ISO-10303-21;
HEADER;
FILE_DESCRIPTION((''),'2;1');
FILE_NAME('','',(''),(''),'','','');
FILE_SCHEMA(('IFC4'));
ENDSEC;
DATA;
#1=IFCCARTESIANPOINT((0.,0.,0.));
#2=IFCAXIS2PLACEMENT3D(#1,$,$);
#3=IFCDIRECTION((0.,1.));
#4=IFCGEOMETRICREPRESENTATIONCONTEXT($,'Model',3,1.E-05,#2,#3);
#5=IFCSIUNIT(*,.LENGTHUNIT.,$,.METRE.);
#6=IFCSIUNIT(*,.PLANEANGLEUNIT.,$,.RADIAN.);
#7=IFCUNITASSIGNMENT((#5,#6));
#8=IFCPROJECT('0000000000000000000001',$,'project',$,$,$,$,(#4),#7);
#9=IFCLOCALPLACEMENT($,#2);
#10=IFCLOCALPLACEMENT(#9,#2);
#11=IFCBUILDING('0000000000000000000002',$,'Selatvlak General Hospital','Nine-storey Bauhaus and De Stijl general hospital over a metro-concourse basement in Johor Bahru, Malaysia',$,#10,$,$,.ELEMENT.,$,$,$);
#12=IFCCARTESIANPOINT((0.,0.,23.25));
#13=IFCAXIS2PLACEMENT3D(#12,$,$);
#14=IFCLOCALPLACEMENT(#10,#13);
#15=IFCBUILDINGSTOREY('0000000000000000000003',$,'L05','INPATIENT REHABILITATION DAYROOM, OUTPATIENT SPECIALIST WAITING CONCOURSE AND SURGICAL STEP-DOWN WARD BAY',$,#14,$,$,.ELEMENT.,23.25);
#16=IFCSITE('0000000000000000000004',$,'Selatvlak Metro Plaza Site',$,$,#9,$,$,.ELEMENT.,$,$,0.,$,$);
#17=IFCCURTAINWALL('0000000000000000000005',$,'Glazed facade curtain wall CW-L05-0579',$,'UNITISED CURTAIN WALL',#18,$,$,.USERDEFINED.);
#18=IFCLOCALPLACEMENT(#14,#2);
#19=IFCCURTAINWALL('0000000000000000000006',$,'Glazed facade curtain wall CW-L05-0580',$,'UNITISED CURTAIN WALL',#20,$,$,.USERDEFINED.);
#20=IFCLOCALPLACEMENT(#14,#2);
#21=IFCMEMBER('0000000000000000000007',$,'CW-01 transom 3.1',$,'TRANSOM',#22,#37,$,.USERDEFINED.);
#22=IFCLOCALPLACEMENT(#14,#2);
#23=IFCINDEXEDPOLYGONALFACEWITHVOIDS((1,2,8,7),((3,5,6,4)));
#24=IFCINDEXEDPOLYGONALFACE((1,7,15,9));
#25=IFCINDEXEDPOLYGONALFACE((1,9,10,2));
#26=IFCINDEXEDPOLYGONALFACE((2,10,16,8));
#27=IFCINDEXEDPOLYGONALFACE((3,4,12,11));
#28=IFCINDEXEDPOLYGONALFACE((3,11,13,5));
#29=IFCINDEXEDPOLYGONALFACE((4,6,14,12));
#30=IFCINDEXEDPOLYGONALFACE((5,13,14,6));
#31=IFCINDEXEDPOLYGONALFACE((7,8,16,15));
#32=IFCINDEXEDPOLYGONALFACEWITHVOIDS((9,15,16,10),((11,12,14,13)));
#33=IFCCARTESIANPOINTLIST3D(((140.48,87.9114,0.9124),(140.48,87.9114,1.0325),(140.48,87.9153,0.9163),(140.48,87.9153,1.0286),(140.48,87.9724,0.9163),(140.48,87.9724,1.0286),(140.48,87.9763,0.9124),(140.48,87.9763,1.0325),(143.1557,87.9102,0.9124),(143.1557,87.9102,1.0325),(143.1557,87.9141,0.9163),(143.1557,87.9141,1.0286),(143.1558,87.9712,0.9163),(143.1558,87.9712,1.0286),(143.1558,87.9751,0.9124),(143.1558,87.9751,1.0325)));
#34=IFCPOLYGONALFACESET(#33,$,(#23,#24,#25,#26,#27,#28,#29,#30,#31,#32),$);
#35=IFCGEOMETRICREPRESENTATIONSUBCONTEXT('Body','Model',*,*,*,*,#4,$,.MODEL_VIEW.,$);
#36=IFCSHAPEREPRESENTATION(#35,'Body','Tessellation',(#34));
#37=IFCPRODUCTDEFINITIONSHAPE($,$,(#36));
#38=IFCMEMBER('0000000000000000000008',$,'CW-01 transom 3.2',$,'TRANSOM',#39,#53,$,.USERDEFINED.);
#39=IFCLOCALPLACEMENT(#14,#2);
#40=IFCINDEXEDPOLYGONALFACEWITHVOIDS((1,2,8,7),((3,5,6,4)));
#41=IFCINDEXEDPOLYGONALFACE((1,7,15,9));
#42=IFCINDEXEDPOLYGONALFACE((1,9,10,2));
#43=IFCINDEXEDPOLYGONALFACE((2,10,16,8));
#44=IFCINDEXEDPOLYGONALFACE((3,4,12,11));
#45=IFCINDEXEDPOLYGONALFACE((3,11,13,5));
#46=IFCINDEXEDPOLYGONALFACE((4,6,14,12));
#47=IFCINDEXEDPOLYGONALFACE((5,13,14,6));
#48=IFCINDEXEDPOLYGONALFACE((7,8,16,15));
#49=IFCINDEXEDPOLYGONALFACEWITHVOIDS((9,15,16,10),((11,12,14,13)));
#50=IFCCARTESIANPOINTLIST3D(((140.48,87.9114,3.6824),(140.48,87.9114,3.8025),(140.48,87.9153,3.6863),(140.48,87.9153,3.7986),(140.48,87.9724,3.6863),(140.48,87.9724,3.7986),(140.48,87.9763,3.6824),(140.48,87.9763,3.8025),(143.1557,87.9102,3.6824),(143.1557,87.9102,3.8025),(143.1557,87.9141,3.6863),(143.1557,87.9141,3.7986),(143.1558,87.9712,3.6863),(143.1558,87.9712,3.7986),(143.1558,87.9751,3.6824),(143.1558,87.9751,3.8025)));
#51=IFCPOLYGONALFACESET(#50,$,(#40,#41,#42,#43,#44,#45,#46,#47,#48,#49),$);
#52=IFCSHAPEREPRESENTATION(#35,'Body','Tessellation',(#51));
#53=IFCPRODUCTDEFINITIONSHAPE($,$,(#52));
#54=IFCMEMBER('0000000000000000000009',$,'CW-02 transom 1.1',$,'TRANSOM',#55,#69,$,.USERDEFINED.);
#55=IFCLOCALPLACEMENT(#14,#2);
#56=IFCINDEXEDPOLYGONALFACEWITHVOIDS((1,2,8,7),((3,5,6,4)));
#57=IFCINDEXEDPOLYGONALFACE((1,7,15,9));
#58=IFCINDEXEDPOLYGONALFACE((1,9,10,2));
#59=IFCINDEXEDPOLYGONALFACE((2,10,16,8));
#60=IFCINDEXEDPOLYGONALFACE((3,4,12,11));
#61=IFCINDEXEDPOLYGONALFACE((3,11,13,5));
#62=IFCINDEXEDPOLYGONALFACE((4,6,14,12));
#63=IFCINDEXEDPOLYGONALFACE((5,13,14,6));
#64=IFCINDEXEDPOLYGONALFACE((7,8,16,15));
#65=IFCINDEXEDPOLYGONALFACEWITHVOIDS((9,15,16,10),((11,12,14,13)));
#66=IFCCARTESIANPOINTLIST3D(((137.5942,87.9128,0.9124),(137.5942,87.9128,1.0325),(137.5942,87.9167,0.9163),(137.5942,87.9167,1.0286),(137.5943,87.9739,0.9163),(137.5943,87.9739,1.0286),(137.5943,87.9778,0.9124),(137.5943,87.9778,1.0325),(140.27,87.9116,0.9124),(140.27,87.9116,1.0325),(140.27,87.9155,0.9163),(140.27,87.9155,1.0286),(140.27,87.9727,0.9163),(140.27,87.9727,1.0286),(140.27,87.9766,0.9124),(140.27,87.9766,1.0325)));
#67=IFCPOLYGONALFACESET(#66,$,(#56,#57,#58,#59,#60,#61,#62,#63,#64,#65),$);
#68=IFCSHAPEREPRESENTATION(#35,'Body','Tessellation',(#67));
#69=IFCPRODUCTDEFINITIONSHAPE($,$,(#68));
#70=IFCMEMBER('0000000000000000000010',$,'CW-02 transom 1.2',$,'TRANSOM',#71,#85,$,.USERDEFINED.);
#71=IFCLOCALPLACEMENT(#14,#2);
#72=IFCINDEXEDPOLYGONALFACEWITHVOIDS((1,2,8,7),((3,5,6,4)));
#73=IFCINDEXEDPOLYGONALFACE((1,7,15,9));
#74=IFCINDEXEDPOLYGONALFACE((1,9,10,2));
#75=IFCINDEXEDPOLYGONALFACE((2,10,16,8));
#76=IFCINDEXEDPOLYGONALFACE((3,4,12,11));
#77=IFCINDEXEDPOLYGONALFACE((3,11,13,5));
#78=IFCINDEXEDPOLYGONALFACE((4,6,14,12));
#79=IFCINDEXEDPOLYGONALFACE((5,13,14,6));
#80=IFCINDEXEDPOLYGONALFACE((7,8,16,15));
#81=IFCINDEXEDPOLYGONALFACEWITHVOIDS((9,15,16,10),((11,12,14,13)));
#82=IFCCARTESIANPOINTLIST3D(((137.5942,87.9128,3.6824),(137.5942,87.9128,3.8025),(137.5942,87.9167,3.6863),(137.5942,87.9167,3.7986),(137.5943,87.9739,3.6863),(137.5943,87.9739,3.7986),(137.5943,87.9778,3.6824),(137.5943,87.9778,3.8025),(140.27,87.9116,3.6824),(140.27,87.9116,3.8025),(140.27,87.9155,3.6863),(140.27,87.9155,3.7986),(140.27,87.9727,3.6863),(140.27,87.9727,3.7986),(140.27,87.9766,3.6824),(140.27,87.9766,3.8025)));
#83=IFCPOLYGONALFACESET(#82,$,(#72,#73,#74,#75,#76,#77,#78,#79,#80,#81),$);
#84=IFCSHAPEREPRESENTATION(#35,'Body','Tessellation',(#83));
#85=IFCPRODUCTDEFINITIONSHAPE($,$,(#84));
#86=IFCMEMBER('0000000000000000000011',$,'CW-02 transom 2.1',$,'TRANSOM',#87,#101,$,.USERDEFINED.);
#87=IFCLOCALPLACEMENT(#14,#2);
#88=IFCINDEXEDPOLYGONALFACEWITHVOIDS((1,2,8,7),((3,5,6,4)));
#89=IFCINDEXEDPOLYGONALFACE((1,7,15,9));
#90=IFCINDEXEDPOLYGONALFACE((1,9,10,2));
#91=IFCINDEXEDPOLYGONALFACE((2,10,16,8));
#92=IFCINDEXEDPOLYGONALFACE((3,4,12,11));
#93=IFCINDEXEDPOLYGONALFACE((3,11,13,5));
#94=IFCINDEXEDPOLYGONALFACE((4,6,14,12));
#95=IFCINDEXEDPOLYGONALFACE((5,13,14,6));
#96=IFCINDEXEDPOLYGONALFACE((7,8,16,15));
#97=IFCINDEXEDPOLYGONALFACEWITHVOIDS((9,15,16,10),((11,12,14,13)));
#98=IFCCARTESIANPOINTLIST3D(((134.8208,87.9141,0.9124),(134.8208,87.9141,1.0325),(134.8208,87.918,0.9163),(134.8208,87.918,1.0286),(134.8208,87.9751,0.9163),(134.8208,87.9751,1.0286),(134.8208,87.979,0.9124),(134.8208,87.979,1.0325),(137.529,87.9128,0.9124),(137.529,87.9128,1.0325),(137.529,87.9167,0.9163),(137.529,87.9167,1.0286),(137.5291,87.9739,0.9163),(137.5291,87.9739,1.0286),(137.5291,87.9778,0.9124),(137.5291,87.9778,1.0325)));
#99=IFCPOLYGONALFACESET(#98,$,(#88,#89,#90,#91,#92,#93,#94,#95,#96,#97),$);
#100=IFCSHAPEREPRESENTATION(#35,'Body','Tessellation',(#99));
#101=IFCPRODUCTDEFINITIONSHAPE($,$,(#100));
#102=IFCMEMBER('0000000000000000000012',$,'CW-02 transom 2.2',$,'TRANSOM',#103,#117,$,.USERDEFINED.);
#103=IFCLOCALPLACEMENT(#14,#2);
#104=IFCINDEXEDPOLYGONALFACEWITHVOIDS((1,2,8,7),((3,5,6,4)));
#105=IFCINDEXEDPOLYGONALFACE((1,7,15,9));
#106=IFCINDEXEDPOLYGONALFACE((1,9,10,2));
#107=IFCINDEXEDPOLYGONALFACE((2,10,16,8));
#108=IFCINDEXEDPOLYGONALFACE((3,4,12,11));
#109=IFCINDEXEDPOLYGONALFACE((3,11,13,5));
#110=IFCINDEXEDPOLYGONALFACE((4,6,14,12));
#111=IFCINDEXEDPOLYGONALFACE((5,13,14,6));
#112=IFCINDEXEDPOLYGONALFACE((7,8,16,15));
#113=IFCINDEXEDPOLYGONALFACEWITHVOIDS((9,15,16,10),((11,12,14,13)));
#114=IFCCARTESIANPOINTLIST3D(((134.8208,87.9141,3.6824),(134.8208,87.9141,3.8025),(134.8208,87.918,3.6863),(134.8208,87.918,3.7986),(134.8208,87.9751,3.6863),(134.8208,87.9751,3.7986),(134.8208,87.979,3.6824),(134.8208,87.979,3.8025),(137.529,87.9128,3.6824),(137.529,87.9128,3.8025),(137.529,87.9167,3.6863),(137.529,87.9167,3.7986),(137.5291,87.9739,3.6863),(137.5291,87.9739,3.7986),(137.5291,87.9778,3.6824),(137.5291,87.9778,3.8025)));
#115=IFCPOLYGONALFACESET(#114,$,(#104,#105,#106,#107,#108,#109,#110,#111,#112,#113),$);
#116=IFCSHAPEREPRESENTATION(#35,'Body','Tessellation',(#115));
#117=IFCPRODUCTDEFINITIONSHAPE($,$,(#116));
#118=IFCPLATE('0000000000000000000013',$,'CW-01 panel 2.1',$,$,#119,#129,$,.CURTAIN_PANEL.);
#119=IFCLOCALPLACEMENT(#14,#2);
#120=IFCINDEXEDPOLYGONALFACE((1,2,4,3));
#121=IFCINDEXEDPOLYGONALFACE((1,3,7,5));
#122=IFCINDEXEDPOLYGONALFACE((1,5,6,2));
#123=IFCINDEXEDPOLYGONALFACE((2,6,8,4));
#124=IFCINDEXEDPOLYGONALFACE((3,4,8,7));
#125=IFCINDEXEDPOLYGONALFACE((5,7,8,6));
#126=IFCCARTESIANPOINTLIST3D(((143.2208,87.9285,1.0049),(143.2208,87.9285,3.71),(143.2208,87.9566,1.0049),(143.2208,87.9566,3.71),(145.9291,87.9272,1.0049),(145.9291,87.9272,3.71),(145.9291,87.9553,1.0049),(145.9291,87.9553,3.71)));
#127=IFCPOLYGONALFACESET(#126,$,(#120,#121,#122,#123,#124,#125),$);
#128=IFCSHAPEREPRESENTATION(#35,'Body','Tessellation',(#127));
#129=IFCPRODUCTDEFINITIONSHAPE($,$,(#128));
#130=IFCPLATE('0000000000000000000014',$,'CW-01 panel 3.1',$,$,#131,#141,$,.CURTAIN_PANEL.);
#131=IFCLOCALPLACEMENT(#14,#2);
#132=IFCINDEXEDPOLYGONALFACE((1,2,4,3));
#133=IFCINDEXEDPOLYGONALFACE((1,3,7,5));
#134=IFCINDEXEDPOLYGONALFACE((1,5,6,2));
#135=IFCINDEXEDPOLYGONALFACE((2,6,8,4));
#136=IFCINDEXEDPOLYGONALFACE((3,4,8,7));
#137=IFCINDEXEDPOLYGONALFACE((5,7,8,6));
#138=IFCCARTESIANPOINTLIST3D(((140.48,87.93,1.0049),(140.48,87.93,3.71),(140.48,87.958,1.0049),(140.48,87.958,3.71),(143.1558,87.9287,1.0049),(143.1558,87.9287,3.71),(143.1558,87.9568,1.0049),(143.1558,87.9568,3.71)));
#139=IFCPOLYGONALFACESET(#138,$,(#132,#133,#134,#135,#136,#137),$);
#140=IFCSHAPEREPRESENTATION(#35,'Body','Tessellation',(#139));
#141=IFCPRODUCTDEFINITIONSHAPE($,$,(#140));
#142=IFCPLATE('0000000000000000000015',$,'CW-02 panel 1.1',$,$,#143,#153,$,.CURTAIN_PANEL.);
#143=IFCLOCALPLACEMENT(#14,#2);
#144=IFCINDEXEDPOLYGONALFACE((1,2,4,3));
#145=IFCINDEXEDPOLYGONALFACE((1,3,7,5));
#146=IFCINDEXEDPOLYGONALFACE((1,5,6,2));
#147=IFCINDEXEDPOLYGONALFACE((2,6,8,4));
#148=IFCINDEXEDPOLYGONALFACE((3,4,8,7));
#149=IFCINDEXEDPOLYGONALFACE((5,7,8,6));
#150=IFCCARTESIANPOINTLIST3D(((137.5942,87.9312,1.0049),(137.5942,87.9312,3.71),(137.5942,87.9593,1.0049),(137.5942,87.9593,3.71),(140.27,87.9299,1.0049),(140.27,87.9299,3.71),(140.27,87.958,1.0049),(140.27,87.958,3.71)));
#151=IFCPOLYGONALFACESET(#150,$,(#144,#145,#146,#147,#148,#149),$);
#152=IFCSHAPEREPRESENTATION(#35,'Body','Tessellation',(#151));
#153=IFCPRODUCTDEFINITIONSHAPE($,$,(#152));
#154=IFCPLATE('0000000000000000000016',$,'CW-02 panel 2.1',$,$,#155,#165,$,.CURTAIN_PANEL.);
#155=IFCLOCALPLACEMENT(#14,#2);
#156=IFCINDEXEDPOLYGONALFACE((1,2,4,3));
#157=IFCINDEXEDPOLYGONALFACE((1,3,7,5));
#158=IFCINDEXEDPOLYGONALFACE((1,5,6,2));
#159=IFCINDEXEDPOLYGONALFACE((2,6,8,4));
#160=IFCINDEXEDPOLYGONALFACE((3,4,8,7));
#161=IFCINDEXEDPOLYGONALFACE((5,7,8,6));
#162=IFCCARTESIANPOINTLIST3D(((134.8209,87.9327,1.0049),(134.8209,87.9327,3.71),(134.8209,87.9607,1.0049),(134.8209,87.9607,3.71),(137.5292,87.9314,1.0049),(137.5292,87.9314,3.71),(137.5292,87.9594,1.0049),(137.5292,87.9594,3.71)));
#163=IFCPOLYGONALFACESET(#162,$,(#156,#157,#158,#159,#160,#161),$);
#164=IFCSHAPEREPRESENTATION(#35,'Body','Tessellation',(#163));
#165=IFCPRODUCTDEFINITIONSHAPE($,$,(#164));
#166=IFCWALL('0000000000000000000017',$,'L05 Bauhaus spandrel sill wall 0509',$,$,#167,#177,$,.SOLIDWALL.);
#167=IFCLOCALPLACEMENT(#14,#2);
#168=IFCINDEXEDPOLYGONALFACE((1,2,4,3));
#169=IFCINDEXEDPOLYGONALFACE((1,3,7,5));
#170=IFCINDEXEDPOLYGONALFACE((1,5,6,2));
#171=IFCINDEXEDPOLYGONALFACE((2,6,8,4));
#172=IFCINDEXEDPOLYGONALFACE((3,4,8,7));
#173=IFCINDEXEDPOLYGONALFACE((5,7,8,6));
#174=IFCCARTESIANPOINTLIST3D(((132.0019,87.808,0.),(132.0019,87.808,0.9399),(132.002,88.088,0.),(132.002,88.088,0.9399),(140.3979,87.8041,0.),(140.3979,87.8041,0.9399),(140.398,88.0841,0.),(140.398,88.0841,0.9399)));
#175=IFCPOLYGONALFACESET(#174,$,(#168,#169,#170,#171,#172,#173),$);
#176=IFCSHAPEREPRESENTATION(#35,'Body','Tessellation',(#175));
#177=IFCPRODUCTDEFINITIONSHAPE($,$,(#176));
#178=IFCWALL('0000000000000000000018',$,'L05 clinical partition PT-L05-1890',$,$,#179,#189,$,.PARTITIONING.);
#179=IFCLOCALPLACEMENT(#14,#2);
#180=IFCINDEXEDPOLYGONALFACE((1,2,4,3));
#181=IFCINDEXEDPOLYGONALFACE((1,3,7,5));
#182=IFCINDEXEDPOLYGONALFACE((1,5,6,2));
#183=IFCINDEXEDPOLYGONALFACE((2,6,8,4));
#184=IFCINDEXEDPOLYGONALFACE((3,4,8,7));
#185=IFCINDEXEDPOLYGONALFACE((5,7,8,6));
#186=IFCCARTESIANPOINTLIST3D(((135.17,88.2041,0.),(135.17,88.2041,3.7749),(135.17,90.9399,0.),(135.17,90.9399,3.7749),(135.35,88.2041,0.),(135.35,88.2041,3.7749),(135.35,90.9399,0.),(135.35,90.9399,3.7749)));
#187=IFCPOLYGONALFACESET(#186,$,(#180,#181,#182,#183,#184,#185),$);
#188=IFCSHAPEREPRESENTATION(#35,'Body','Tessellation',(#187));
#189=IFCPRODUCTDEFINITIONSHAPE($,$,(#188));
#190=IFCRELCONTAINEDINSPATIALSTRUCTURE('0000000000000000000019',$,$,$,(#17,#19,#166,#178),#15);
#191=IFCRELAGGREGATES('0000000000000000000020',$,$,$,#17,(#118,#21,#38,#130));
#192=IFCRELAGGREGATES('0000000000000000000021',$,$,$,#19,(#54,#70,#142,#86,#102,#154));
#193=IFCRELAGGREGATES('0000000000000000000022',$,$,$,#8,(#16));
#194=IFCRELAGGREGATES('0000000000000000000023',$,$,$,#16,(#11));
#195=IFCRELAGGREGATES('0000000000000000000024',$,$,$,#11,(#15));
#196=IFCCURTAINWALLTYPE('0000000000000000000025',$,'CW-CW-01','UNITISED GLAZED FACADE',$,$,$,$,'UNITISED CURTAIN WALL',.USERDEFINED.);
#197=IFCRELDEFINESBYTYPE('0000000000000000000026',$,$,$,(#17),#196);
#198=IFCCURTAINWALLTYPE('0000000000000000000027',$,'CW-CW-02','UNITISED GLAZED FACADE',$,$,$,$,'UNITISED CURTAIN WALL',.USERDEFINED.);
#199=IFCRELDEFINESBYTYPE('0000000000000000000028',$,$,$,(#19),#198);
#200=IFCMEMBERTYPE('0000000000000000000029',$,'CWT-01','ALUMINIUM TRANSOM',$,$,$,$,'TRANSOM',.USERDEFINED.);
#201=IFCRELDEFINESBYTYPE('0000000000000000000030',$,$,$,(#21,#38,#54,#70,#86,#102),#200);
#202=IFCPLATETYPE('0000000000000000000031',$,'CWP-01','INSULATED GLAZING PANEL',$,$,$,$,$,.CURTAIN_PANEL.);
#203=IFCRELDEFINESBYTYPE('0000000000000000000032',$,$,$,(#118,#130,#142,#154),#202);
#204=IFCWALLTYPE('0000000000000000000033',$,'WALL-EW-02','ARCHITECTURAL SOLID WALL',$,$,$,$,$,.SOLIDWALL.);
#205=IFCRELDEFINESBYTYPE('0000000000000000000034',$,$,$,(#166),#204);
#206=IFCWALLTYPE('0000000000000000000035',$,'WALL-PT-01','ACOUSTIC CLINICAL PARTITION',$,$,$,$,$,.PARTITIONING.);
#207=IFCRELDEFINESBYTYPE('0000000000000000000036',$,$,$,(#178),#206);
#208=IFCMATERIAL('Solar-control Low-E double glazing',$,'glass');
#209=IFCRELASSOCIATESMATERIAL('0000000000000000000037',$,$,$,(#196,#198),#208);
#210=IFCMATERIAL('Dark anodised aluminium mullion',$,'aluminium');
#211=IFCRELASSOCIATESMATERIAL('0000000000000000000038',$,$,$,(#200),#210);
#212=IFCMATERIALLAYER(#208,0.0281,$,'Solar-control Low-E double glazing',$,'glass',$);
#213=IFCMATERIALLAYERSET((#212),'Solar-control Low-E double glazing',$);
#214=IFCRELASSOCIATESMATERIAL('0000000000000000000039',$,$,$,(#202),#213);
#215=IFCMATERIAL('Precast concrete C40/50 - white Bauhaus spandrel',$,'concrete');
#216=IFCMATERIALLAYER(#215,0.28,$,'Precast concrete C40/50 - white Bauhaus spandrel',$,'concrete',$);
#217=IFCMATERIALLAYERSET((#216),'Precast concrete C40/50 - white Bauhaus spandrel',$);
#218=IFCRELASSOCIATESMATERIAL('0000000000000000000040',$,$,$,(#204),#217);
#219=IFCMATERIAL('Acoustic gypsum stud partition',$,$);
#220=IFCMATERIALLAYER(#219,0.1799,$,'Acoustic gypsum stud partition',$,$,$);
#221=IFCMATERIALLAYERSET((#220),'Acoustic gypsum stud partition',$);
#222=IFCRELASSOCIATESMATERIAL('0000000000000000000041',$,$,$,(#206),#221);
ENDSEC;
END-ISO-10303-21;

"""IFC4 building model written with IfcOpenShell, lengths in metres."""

from ifc_helpers import new_model, si_unit, direction, frame, frame_2d, origin, origin_2d, place, context, subcontext, project, spatial, rectangle, hollow_rectangle, extrude, material, layer, layer_set, material_profile, profile_set, type_object, element, aggregate, save


model = new_model("IFC4")

# Units and contexts
model_context = context("Model", 3, precision=1e-05, world=origin(), true_north=direction((0.0, 1.0)))
body_context = subcontext(model_context, "Body", "Model", "MODEL_VIEW")
ifc_project = project(units=[si_unit("LENGTHUNIT", "METRE"), si_unit("PLANEANGLEUNIT", "RADIAN")], contexts=[model_context])

# Site, building, storey
site_placement = place(None, origin())
site = spatial("IfcSite", under=ifc_project, at=site_placement, Name="Selatvlak Metro Plaza Site", CompositionType="ELEMENT", RefElevation=0.0)
building_placement = place(site_placement, origin())
building = spatial("IfcBuilding", under=site, at=building_placement, Name="Selatvlak General Hospital", Description="Nine-storey Bauhaus and De Stijl general hospital over a metro-concourse basement in Johor Bahru, Malaysia", CompositionType="ELEMENT")
storey_placement = place(building_placement, frame((0.0, 0.0, 23.25)))
storey = spatial("IfcBuildingStorey", under=building, at=storey_placement, Name="L05", Description="INPATIENT REHABILITATION DAYROOM, OUTPATIENT SPECIALIST WAITING CONCOURSE AND SURGICAL STEP-DOWN WARD BAY", CompositionType="ELEMENT", Elevation=23.25)

# Curtain walls
ifc_material_1 = material(Name="Solar-control Low-E double glazing", Category="glass")
curtain_wall_type_1 = type_object("IfcCurtainWallType", Name="CW-CW-01", Description="UNITISED GLAZED FACADE", ElementType="UNITISED CURTAIN WALL", PredefinedType="USERDEFINED", material=ifc_material_1)
curtain_wall_1_placement = place(storey_placement, origin())
curtain_wall_1 = element("IfcCurtainWall", 1, at=curtain_wall_1_placement, inside=storey, type_object=curtain_wall_type_1, Name="Glazed facade curtain wall CW-L05-0579", ObjectType="UNITISED CURTAIN WALL", PredefinedType="USERDEFINED")
ifc_material_2 = material(Name="Dark anodised aluminium mullion", Category="aluminium")
curtain_wall_type_2 = type_object("IfcCurtainWallType", Name="CW-CW-02", Description="UNITISED GLAZED FACADE", ElementType="UNITISED CURTAIN WALL", PredefinedType="USERDEFINED", material=ifc_material_1)
curtain_wall_2_placement = place(storey_placement, origin())
curtain_wall_2 = element("IfcCurtainWall", 2, at=curtain_wall_2_placement, inside=storey, type_object=curtain_wall_type_2, Name="Glazed facade curtain wall CW-L05-0580", ObjectType="UNITISED CURTAIN WALL", PredefinedType="USERDEFINED")

# Members
ifc_material_profile_1 = material_profile(ifc_material_2, hollow_rectangle(XDim=0.0649, YDim=0.1201, WallThickness=0.0039, at=origin_2d()), Name="AL-TRN 65x120x4")
ifc_profile_set_1 = profile_set([ifc_material_profile_1], Name="Dark anodised aluminium mullion")
member_type_1 = type_object("IfcMemberType", Name="CWT-01", Description="ALUMINIUM TRANSOM", ElementType="TRANSOM", PredefinedType="USERDEFINED", material=ifc_profile_set_1)
member_1_placement = place(storey_placement, frame((143.1558, 87.9426, 0.9724), z_axis=(-1.0, 0.000456, 0.0), x_axis=(-0.000456, -1.0, 0.0)))
member_1 = element("IfcMember", 3, at=member_1_placement, type_object=member_type_1, Name="CW-01 transom 3.1", ObjectType="TRANSOM", PredefinedType="USERDEFINED", context=body_context, shape_type="SweptSolid", body=[
    extrude(hollow_rectangle(XDim=0.0649, YDim=0.1201, WallThickness=0.0039, at=origin_2d()), origin(), (0.0, 0.0, 1.0), 2.6758),
])
member_2_placement = place(storey_placement, frame((143.1558, 87.9426, 3.7424), z_axis=(-1.0, 0.000456, 0.0), x_axis=(-0.000456, -1.0, 0.0)))
member_2 = element("IfcMember", 4, at=member_2_placement, type_object=member_type_1, Name="CW-01 transom 3.2", ObjectType="TRANSOM", PredefinedType="USERDEFINED", context=body_context, shape_type="SweptSolid", body=[
    extrude(hollow_rectangle(XDim=0.0649, YDim=0.1201, WallThickness=0.0039, at=origin_2d()), origin(), (0.0, 0.0, 1.0), 2.6758),
])
member_3_placement = place(storey_placement, frame((140.27, 87.9441, 0.9724), z_axis=(-1.0, 0.000456, 0.0), x_axis=(-0.000456, -1.0, 0.0)))
member_3 = element("IfcMember", 5, at=member_3_placement, type_object=member_type_1, Name="CW-02 transom 1.1", ObjectType="TRANSOM", PredefinedType="USERDEFINED", context=body_context, shape_type="SweptSolid", body=[
    extrude(hollow_rectangle(XDim=0.0649, YDim=0.1201, WallThickness=0.0039, at=origin_2d()), origin(), (0.0, 0.0, 1.0), 2.6758),
])
member_4_placement = place(storey_placement, frame((140.27, 87.9441, 3.7424), z_axis=(-1.0, 0.000456, 0.0), x_axis=(-0.000456, -1.0, 0.0)))
member_4 = element("IfcMember", 6, at=member_4_placement, type_object=member_type_1, Name="CW-02 transom 1.2", ObjectType="TRANSOM", PredefinedType="USERDEFINED", context=body_context, shape_type="SweptSolid", body=[
    extrude(hollow_rectangle(XDim=0.0649, YDim=0.1201, WallThickness=0.0039, at=origin_2d()), origin(), (0.0, 0.0, 1.0), 2.6758),
])
member_5_placement = place(storey_placement, frame((137.5291, 87.9453, 0.9724), z_axis=(-1.0, 0.000451, 0.0), x_axis=(-0.000451, -1.0, 0.0)))
member_5 = element("IfcMember", 7, at=member_5_placement, type_object=member_type_1, Name="CW-02 transom 2.1", ObjectType="TRANSOM", PredefinedType="USERDEFINED", context=body_context, shape_type="SweptSolid", body=[
    extrude(hollow_rectangle(XDim=0.0649, YDim=0.1201, WallThickness=0.0039, at=origin_2d()), origin(), (0.0, 0.0, 1.0), 2.7083),
])
member_6_placement = place(storey_placement, frame((137.5291, 87.9453, 3.7424), z_axis=(-1.0, 0.000451, 0.0), x_axis=(-0.000451, -1.0, 0.0)))
member_6 = element("IfcMember", 8, at=member_6_placement, type_object=member_type_1, Name="CW-02 transom 2.2", ObjectType="TRANSOM", PredefinedType="USERDEFINED", context=body_context, shape_type="SweptSolid", body=[
    extrude(hollow_rectangle(XDim=0.0649, YDim=0.1201, WallThickness=0.0039, at=origin_2d()), origin(), (0.0, 0.0, 1.0), 2.7083),
])

# Plates
ifc_layer_1 = layer(ifc_material_1, 0.0281, Name="Solar-control Low-E double glazing", Category="glass")
ifc_layer_set_1 = layer_set([ifc_layer_1], Name="Solar-control Low-E double glazing")
plate_type = type_object("IfcPlateType", Name="CWP-01", Description="INSULATED GLAZING PANEL", PredefinedType="CURTAIN_PANEL", material=ifc_layer_set_1)
plate_1_placement = place(storey_placement, frame((144.575, 87.9419, 1.0049), z_axis=(0.0, 0.0, 1.0), x_axis=(-1.0, 0.000481, 0.0)))
plate_1 = element("IfcPlate", 9, at=plate_1_placement, type_object=plate_type, Name="CW-01 panel 2.1", PredefinedType="CURTAIN_PANEL", context=body_context, shape_type="SweptSolid", body=[
    extrude(rectangle(XDim=2.7083, YDim=0.0281, at=origin_2d()), origin(), (0.0, 0.0, 1.0), 2.7051),
])
plate_2_placement = place(storey_placement, frame((141.8179, 87.9434, 1.0049), z_axis=(0.0, 0.0, 1.0), x_axis=(-1.0, 0.000481, 0.0)))
plate_2 = element("IfcPlate", 10, at=plate_2_placement, type_object=plate_type, Name="CW-01 panel 3.1", PredefinedType="CURTAIN_PANEL", context=body_context, shape_type="SweptSolid", body=[
    extrude(rectangle(XDim=2.6758, YDim=0.0281, at=origin_2d()), origin(), (0.0, 0.0, 1.0), 2.7051),
])
aggregate(curtain_wall_1, [plate_1, member_1, member_2, plate_2])
plate_3_placement = place(storey_placement, frame((138.9321, 87.9446, 1.0049), z_axis=(0.0, 0.0, 1.0), x_axis=(-1.0, 0.000481, 0.0)))
plate_3 = element("IfcPlate", 11, at=plate_3_placement, type_object=plate_type, Name="CW-02 panel 1.1", PredefinedType="CURTAIN_PANEL", context=body_context, shape_type="SweptSolid", body=[
    extrude(rectangle(XDim=2.6758, YDim=0.0281, at=origin_2d()), origin(), (0.0, 0.0, 1.0), 2.7051),
])
plate_4_placement = place(storey_placement, frame((136.175, 87.946, 1.0049), z_axis=(0.0, 0.0, 1.0), x_axis=(-1.0, 0.000481, 0.0)))
plate_4 = element("IfcPlate", 12, at=plate_4_placement, type_object=plate_type, Name="CW-02 panel 2.1", PredefinedType="CURTAIN_PANEL", context=body_context, shape_type="SweptSolid", body=[
    extrude(rectangle(XDim=2.7083, YDim=0.0281, at=origin_2d()), origin(), (0.0, 0.0, 1.0), 2.7051),
])
aggregate(curtain_wall_2, [member_3, member_4, plate_3, member_5, member_6, plate_4])

# Walls
ifc_material_3 = material(Name="Precast concrete C40/50 - white Bauhaus spandrel", Category="concrete")
ifc_layer_2 = layer(ifc_material_3, 0.28, Name="Precast concrete C40/50 - white Bauhaus spandrel", Category="concrete")
ifc_layer_set_2 = layer_set([ifc_layer_2], Name="Precast concrete C40/50 - white Bauhaus spandrel")
wall_type_1 = type_object("IfcWallType", Name="WALL-EW-02", Description="ARCHITECTURAL SOLID WALL", PredefinedType="SOLIDWALL", material=ifc_layer_set_2)
wall_1_placement = place(storey_placement, frame((140.3979, 87.9441, 0.0), z_axis=(0.0, 0.0, 1.0), x_axis=(-1.0, 0.000465, 0.0)))
element("IfcWall", 13, at=wall_1_placement, inside=storey, type_object=wall_type_1, Name="L05 Bauhaus spandrel sill wall 0509", PredefinedType="SOLIDWALL", context=body_context, shape_type="SweptSolid", body=[
    extrude(rectangle(XDim=8.396, YDim=0.28, at=frame_2d((4.198, 0.0))), origin(), (0.0, 0.0, 1.0), 0.9399),
])
ifc_material_4 = material(Name="Acoustic gypsum stud partition")
ifc_layer_3 = layer(ifc_material_4, 0.1799, Name="Acoustic gypsum stud partition")
ifc_layer_set_3 = layer_set([ifc_layer_3], Name="Acoustic gypsum stud partition")
wall_type_2 = type_object("IfcWallType", Name="WALL-PT-01", Description="ACOUSTIC CLINICAL PARTITION", PredefinedType="PARTITIONING", material=ifc_layer_set_3)
wall_2_placement = place(storey_placement, frame((135.26, 88.2041, 0.0), z_axis=(0.0, 0.0, 1.0), x_axis=(0.0, 1.0, 0.0)))
element("IfcWall", 14, at=wall_2_placement, inside=storey, type_object=wall_type_2, Name="L05 clinical partition PT-L05-1890", PredefinedType="PARTITIONING", context=body_context, shape_type="SweptSolid", body=[
    extrude(rectangle(XDim=2.7358, YDim=0.1799, at=frame_2d((1.3679, 0.0))), origin(), (0.0, 0.0, 1.0), 3.7749),
])

save(model, "model.ifc")
